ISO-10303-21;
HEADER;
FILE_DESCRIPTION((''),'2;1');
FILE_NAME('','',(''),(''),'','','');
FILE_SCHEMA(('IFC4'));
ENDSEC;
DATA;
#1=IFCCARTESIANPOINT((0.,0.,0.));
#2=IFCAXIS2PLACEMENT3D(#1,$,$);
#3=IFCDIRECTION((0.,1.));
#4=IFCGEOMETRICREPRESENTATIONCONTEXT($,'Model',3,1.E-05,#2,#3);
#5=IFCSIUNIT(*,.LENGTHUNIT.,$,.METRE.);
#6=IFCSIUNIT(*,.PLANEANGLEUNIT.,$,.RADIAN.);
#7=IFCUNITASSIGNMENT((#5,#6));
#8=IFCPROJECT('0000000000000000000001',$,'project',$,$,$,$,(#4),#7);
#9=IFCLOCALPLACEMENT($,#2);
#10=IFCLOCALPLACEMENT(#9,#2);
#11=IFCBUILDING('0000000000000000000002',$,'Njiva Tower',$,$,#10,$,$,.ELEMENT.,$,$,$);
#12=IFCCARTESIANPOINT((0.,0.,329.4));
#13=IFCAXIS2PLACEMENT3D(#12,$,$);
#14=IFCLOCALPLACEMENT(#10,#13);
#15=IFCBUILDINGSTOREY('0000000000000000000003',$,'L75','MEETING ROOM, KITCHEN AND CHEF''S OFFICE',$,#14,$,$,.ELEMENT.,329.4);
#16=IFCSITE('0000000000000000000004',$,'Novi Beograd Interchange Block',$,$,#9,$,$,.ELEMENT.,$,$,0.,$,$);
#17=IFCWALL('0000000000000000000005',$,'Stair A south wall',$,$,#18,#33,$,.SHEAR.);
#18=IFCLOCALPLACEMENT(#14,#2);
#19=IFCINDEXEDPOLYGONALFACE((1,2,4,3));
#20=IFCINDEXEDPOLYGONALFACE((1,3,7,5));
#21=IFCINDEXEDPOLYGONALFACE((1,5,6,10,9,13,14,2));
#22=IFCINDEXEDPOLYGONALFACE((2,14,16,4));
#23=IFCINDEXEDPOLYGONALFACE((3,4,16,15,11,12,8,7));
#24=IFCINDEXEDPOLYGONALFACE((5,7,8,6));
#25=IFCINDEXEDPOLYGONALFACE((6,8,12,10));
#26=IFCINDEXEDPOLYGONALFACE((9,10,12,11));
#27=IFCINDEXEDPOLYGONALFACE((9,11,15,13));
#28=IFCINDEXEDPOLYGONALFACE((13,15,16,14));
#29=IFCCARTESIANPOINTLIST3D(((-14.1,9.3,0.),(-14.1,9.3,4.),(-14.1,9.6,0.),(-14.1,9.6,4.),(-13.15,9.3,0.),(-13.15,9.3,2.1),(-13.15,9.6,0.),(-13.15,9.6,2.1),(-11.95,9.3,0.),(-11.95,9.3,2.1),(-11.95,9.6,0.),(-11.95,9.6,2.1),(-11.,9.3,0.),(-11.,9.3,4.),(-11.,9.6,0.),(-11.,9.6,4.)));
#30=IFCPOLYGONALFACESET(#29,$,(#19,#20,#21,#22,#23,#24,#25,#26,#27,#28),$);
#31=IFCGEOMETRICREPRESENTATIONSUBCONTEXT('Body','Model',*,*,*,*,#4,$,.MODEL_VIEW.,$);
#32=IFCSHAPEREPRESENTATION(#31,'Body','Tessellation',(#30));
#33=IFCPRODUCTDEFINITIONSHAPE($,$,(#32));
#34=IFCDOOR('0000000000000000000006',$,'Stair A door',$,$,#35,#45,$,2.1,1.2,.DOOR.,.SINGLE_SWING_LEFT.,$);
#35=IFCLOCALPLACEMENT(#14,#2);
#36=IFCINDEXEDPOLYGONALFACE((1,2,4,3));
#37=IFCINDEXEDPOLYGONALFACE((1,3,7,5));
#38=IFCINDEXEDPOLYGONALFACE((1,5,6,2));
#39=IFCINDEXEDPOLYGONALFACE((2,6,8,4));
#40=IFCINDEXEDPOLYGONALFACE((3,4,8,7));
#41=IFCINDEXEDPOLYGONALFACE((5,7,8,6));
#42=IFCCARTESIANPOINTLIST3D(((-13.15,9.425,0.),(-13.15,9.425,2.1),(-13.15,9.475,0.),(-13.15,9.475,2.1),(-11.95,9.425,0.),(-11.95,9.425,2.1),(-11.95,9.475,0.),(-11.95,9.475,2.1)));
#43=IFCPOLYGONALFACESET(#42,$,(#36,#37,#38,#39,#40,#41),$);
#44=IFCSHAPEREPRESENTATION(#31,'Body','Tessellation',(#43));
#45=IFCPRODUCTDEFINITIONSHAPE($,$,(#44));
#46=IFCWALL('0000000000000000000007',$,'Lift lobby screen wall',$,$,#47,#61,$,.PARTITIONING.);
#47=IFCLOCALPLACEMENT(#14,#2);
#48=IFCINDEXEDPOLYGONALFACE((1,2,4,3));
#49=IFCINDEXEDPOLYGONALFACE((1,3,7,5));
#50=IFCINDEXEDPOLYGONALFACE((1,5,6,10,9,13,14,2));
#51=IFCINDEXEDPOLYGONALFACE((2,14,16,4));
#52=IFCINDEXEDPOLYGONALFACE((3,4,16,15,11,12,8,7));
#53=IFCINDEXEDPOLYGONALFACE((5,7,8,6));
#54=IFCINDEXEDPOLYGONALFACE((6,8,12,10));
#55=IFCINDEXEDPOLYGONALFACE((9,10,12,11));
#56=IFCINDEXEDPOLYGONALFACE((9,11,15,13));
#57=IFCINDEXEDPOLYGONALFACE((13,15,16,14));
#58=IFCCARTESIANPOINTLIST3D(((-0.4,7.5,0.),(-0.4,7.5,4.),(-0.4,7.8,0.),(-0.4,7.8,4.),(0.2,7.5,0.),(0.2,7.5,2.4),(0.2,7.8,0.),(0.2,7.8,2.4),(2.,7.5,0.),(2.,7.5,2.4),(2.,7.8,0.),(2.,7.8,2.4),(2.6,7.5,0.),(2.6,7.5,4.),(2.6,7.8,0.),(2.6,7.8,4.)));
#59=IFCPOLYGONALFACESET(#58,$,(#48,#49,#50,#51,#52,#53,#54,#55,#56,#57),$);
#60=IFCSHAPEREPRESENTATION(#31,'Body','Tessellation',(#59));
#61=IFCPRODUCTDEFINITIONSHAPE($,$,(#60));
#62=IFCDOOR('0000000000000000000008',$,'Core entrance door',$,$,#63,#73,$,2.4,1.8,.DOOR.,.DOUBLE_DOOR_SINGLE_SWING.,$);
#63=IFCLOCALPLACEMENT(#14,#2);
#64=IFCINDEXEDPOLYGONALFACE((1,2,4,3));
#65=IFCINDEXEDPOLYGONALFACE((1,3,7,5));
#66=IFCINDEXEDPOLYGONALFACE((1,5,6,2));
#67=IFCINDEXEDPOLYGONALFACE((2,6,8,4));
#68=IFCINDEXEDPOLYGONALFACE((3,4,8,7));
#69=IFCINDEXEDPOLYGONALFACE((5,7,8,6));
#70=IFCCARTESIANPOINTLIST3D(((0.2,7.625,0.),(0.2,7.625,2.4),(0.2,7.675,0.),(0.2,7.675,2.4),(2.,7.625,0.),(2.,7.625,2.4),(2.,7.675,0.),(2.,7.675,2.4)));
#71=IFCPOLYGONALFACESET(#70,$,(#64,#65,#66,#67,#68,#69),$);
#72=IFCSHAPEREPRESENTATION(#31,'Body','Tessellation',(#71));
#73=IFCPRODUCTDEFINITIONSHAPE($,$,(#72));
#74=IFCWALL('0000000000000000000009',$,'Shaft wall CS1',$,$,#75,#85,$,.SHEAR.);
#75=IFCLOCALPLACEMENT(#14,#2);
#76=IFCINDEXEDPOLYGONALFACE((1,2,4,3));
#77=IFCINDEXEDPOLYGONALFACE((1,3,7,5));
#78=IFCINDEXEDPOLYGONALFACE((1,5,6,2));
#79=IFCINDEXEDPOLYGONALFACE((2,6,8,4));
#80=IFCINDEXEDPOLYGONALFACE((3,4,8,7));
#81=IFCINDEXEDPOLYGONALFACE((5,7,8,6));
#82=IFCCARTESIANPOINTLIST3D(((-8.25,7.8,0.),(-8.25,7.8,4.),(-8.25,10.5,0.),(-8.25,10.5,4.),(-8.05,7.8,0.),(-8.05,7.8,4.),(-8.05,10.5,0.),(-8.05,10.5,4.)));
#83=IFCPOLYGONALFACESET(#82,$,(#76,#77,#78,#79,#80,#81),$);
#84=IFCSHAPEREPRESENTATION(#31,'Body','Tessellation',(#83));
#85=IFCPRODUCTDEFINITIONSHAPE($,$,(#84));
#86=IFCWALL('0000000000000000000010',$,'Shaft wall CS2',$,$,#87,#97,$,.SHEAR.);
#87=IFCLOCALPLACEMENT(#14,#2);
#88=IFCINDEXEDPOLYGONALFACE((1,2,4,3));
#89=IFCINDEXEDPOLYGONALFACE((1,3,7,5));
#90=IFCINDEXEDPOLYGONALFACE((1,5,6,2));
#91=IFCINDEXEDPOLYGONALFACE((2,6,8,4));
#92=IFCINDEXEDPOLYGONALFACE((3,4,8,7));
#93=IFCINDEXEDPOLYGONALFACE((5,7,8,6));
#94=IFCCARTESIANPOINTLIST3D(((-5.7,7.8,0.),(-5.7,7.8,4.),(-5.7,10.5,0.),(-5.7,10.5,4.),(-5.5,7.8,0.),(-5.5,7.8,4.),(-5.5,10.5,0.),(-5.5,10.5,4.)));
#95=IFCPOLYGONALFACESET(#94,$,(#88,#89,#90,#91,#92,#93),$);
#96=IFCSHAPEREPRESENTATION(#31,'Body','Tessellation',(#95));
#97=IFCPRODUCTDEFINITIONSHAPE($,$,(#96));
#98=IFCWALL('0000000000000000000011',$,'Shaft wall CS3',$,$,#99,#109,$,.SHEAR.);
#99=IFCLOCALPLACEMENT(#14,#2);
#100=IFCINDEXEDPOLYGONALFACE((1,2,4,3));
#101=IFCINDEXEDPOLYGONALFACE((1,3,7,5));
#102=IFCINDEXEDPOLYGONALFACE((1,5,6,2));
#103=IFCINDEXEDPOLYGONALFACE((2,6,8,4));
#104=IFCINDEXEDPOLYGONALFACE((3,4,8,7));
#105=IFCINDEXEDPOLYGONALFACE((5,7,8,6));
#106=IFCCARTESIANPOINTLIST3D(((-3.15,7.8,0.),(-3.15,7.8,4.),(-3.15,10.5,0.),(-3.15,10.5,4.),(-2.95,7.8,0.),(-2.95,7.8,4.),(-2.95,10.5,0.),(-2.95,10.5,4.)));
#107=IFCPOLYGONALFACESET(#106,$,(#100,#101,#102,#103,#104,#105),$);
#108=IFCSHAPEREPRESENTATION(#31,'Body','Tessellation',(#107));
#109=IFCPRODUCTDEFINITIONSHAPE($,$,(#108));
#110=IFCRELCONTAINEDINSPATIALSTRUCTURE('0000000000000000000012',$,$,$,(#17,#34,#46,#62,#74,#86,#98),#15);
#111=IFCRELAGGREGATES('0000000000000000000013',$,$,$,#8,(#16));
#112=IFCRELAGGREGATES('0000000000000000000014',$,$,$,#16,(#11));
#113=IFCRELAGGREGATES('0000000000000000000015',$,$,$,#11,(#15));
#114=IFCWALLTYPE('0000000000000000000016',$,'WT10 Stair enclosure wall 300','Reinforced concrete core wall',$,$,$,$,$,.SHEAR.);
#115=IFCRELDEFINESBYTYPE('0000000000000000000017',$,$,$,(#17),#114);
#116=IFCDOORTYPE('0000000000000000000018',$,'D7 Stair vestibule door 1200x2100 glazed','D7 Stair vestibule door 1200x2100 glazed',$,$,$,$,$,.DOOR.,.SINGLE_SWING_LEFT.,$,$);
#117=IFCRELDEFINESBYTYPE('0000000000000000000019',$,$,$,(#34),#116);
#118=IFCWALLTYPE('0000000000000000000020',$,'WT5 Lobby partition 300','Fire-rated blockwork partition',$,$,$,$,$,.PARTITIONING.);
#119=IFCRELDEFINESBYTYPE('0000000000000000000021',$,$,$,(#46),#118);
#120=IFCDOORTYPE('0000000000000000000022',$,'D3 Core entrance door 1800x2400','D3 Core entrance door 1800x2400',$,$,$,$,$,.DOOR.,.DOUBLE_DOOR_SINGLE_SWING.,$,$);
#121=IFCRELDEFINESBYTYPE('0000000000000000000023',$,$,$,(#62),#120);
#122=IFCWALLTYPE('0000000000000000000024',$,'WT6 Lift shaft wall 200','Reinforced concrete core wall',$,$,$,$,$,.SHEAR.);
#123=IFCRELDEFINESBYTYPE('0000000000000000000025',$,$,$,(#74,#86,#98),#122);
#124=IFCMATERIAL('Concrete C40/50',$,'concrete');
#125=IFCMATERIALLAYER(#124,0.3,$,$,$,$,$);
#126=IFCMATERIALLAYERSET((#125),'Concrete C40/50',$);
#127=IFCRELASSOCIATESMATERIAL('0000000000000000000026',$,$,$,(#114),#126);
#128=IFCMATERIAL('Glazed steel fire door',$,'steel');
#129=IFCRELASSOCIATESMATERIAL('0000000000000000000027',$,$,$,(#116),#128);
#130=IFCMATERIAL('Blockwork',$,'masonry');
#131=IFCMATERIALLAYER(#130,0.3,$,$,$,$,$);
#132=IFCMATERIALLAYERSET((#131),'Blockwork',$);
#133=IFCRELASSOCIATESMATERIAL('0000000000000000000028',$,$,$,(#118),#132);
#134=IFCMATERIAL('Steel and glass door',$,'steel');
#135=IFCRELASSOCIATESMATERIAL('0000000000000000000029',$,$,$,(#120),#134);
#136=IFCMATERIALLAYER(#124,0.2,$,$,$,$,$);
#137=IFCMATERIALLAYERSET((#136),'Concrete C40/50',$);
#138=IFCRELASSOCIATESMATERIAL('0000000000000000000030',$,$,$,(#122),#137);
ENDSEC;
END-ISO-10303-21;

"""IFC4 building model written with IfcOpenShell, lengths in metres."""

from ifc_helpers import new_model, si_unit, direction, frame, frame_2d, origin, place, context, subcontext, project, spatial, rectangle, extrude, material, layer, layer_set, type_object, element, fill, save


model = new_model("IFC4")

# Units and contexts
model_context = context("Model", 3, precision=1e-05, world=origin(), true_north=direction((0.0, 1.0)))
body_context = subcontext(model_context, "Body", "Model", "MODEL_VIEW")
ifc_project = project(units=[si_unit("LENGTHUNIT", "METRE"), si_unit("PLANEANGLEUNIT", "RADIAN")], contexts=[model_context])

# Site, building, storey
site_placement = place(None, origin())
site = spatial("IfcSite", under=ifc_project, at=site_placement, Name="Novi Beograd Interchange Block", CompositionType="ELEMENT", RefElevation=0.0)
building_placement = place(site_placement, origin())
building = spatial("IfcBuilding", under=site, at=building_placement, Name="Njiva Tower", CompositionType="ELEMENT")
storey_placement = place(building_placement, frame((0.0, 0.0, 329.4)))
storey = spatial("IfcBuildingStorey", under=building, at=storey_placement, Name="L75", Description="MEETING ROOM, KITCHEN AND CHEF'S OFFICE", CompositionType="ELEMENT", Elevation=329.4)

# Shared definitions
ifc_material_1 = material(Name="Blockwork", Category="masonry")

# Shared definitions
ifc_material_2 = material(Name="Concrete C40/50", Category="concrete")
ifc_layer_1 = layer(ifc_material_2, 0.3)
ifc_layer_set_1 = layer_set([ifc_layer_1], Name="Concrete C40/50")
wall_type_1 = type_object("IfcWallType", Name="WT10 Stair enclosure wall 300", Description="Reinforced concrete core wall", PredefinedType="SHEAR", material=ifc_layer_set_1)
ifc_material_3 = material(Name="Glazed steel fire door", Category="steel")

# Walls, openings, doors
wall_1_placement = place(storey_placement, frame((-14.1, 9.45, 0.0), z_axis=(0.0, 0.0, 1.0), x_axis=(1.0, 0.0, 0.0)))
wall_1 = element("IfcWall", 1, at=wall_1_placement, inside=storey, type_object=wall_type_1, Name="Stair A south wall", PredefinedType="SHEAR", context=body_context, shape_type="SweptSolid", body=[
    extrude(rectangle(XDim=3.1, YDim=0.3, at=frame_2d((1.55, 0.0))), origin(), (0.0, 0.0, 1.0), 4.0),
])
opening_1_placement = place(wall_1_placement, frame((0.95, 0.0, 0.0)))
opening_1 = element("IfcOpeningElement", 2, at=opening_1_placement, cuts=wall_1, PredefinedType="OPENING", context=body_context, shape_type="SweptSolid", body=[
    extrude(rectangle(XDim=1.2, YDim=2.1, at=frame_2d((0.6, 1.05))), frame((0.0, 0.16, 0.0), z_axis=(0.0, -1.0, 0.0), x_axis=(1.0, 0.0, 0.0)), (0.0, 0.0, 1.0), 0.32),
])
door_type_1 = type_object("IfcDoorType", Name="D7 Stair vestibule door 1200x2100 glazed", Description="D7 Stair vestibule door 1200x2100 glazed", OperationType="SINGLE_SWING_LEFT", PredefinedType="DOOR", material=ifc_material_3)
door_1_placement = place(opening_1_placement, origin())
door_1 = element("IfcDoor", 3, at=door_1_placement, inside=storey, type_object=door_type_1, Name="Stair A door", OperationType="SINGLE_SWING_LEFT", OverallHeight=2.1, OverallWidth=1.2, PredefinedType="DOOR", context=body_context, shape_type="SweptSolid", body=[
    extrude(rectangle(XDim=1.2, YDim=2.1, at=frame_2d((0.6, 1.05))), frame((0.0, 0.025, 0.0), z_axis=(0.0, -1.0, 0.0), x_axis=(1.0, 0.0, 0.0)), (0.0, 0.0, 1.0), 0.05),
])
fill(opening_1, door_1)
ifc_layer_2 = layer(ifc_material_1, 0.3)
ifc_layer_set_2 = layer_set([ifc_layer_2], Name="Blockwork")
wall_type_2 = type_object("IfcWallType", Name="WT5 Lobby partition 300", Description="Fire-rated blockwork partition", PredefinedType="PARTITIONING", material=ifc_layer_set_2)
wall_2_placement = place(storey_placement, frame((-0.4, 7.65, 0.0), z_axis=(0.0, 0.0, 1.0), x_axis=(1.0, 0.0, 0.0)))
wall_2 = element("IfcWall", 4, at=wall_2_placement, inside=storey, type_object=wall_type_2, Name="Lift lobby screen wall", PredefinedType="PARTITIONING", context=body_context, shape_type="SweptSolid", body=[
    extrude(rectangle(XDim=3.0, YDim=0.3, at=frame_2d((1.5, 0.0))), origin(), (0.0, 0.0, 1.0), 4.0),
])
opening_2_placement = place(wall_2_placement, frame((0.6, 0.0, 0.0)))
opening_2 = element("IfcOpeningElement", 5, at=opening_2_placement, cuts=wall_2, PredefinedType="OPENING", context=body_context, shape_type="SweptSolid", body=[
    extrude(rectangle(XDim=1.8, YDim=2.4, at=frame_2d((0.9, 1.2))), frame((0.0, 0.16, 0.0), z_axis=(0.0, -1.0, 0.0), x_axis=(1.0, 0.0, 0.0)), (0.0, 0.0, 1.0), 0.32),
])
ifc_material_4 = material(Name="Steel and glass door", Category="steel")
door_type_2 = type_object("IfcDoorType", Name="D3 Core entrance door 1800x2400", Description="D3 Core entrance door 1800x2400", OperationType="DOUBLE_DOOR_SINGLE_SWING", PredefinedType="DOOR", material=ifc_material_4)
door_2_placement = place(opening_2_placement, origin())
door_2 = element("IfcDoor", 6, at=door_2_placement, inside=storey, type_object=door_type_2, Name="Core entrance door", OperationType="DOUBLE_DOOR_SINGLE_SWING", OverallHeight=2.4, OverallWidth=1.8, PredefinedType="DOOR", context=body_context, shape_type="SweptSolid", body=[
    extrude(rectangle(XDim=1.8, YDim=2.4, at=frame_2d((0.9, 1.2))), frame((0.0, 0.025, 0.0), z_axis=(0.0, -1.0, 0.0), x_axis=(1.0, 0.0, 0.0)), (0.0, 0.0, 1.0), 0.05),
])
fill(opening_2, door_2)

# Walls
ifc_layer_3 = layer(ifc_material_2, 0.2)
ifc_layer_set_3 = layer_set([ifc_layer_3], Name="Concrete C40/50")
wall_type_3 = type_object("IfcWallType", Name="WT6 Lift shaft wall 200", Description="Reinforced concrete core wall", PredefinedType="SHEAR", material=ifc_layer_set_3)
for number, where, z_axis, x_axis, name in (
    (7, (-8.15, 7.8, 0.0), (0.0, 0.0, 1.0), (0.0, 1.0, 0.0), "Shaft wall CS1"),
    (8, (-5.6, 7.8, 0.0), (0.0, 0.0, 1.0), (0.0, 1.0, 0.0), "Shaft wall CS2"),
    (9, (-3.05, 7.8, 0.0), (0.0, 0.0, 1.0), (0.0, 1.0, 0.0), "Shaft wall CS3"),
):
    element("IfcWall", number, at=place(storey_placement, frame(where, z_axis=z_axis, x_axis=x_axis)), inside=storey, type_object=wall_type_3, Name=name, PredefinedType="SHEAR", context=body_context, shape_type="SweptSolid", body=[
        extrude(rectangle(XDim=2.7, YDim=0.2, at=frame_2d((1.35, 0.0))), origin(), (0.0, 0.0, 1.0), 4.0),
    ])

save(model, "model.ifc")
